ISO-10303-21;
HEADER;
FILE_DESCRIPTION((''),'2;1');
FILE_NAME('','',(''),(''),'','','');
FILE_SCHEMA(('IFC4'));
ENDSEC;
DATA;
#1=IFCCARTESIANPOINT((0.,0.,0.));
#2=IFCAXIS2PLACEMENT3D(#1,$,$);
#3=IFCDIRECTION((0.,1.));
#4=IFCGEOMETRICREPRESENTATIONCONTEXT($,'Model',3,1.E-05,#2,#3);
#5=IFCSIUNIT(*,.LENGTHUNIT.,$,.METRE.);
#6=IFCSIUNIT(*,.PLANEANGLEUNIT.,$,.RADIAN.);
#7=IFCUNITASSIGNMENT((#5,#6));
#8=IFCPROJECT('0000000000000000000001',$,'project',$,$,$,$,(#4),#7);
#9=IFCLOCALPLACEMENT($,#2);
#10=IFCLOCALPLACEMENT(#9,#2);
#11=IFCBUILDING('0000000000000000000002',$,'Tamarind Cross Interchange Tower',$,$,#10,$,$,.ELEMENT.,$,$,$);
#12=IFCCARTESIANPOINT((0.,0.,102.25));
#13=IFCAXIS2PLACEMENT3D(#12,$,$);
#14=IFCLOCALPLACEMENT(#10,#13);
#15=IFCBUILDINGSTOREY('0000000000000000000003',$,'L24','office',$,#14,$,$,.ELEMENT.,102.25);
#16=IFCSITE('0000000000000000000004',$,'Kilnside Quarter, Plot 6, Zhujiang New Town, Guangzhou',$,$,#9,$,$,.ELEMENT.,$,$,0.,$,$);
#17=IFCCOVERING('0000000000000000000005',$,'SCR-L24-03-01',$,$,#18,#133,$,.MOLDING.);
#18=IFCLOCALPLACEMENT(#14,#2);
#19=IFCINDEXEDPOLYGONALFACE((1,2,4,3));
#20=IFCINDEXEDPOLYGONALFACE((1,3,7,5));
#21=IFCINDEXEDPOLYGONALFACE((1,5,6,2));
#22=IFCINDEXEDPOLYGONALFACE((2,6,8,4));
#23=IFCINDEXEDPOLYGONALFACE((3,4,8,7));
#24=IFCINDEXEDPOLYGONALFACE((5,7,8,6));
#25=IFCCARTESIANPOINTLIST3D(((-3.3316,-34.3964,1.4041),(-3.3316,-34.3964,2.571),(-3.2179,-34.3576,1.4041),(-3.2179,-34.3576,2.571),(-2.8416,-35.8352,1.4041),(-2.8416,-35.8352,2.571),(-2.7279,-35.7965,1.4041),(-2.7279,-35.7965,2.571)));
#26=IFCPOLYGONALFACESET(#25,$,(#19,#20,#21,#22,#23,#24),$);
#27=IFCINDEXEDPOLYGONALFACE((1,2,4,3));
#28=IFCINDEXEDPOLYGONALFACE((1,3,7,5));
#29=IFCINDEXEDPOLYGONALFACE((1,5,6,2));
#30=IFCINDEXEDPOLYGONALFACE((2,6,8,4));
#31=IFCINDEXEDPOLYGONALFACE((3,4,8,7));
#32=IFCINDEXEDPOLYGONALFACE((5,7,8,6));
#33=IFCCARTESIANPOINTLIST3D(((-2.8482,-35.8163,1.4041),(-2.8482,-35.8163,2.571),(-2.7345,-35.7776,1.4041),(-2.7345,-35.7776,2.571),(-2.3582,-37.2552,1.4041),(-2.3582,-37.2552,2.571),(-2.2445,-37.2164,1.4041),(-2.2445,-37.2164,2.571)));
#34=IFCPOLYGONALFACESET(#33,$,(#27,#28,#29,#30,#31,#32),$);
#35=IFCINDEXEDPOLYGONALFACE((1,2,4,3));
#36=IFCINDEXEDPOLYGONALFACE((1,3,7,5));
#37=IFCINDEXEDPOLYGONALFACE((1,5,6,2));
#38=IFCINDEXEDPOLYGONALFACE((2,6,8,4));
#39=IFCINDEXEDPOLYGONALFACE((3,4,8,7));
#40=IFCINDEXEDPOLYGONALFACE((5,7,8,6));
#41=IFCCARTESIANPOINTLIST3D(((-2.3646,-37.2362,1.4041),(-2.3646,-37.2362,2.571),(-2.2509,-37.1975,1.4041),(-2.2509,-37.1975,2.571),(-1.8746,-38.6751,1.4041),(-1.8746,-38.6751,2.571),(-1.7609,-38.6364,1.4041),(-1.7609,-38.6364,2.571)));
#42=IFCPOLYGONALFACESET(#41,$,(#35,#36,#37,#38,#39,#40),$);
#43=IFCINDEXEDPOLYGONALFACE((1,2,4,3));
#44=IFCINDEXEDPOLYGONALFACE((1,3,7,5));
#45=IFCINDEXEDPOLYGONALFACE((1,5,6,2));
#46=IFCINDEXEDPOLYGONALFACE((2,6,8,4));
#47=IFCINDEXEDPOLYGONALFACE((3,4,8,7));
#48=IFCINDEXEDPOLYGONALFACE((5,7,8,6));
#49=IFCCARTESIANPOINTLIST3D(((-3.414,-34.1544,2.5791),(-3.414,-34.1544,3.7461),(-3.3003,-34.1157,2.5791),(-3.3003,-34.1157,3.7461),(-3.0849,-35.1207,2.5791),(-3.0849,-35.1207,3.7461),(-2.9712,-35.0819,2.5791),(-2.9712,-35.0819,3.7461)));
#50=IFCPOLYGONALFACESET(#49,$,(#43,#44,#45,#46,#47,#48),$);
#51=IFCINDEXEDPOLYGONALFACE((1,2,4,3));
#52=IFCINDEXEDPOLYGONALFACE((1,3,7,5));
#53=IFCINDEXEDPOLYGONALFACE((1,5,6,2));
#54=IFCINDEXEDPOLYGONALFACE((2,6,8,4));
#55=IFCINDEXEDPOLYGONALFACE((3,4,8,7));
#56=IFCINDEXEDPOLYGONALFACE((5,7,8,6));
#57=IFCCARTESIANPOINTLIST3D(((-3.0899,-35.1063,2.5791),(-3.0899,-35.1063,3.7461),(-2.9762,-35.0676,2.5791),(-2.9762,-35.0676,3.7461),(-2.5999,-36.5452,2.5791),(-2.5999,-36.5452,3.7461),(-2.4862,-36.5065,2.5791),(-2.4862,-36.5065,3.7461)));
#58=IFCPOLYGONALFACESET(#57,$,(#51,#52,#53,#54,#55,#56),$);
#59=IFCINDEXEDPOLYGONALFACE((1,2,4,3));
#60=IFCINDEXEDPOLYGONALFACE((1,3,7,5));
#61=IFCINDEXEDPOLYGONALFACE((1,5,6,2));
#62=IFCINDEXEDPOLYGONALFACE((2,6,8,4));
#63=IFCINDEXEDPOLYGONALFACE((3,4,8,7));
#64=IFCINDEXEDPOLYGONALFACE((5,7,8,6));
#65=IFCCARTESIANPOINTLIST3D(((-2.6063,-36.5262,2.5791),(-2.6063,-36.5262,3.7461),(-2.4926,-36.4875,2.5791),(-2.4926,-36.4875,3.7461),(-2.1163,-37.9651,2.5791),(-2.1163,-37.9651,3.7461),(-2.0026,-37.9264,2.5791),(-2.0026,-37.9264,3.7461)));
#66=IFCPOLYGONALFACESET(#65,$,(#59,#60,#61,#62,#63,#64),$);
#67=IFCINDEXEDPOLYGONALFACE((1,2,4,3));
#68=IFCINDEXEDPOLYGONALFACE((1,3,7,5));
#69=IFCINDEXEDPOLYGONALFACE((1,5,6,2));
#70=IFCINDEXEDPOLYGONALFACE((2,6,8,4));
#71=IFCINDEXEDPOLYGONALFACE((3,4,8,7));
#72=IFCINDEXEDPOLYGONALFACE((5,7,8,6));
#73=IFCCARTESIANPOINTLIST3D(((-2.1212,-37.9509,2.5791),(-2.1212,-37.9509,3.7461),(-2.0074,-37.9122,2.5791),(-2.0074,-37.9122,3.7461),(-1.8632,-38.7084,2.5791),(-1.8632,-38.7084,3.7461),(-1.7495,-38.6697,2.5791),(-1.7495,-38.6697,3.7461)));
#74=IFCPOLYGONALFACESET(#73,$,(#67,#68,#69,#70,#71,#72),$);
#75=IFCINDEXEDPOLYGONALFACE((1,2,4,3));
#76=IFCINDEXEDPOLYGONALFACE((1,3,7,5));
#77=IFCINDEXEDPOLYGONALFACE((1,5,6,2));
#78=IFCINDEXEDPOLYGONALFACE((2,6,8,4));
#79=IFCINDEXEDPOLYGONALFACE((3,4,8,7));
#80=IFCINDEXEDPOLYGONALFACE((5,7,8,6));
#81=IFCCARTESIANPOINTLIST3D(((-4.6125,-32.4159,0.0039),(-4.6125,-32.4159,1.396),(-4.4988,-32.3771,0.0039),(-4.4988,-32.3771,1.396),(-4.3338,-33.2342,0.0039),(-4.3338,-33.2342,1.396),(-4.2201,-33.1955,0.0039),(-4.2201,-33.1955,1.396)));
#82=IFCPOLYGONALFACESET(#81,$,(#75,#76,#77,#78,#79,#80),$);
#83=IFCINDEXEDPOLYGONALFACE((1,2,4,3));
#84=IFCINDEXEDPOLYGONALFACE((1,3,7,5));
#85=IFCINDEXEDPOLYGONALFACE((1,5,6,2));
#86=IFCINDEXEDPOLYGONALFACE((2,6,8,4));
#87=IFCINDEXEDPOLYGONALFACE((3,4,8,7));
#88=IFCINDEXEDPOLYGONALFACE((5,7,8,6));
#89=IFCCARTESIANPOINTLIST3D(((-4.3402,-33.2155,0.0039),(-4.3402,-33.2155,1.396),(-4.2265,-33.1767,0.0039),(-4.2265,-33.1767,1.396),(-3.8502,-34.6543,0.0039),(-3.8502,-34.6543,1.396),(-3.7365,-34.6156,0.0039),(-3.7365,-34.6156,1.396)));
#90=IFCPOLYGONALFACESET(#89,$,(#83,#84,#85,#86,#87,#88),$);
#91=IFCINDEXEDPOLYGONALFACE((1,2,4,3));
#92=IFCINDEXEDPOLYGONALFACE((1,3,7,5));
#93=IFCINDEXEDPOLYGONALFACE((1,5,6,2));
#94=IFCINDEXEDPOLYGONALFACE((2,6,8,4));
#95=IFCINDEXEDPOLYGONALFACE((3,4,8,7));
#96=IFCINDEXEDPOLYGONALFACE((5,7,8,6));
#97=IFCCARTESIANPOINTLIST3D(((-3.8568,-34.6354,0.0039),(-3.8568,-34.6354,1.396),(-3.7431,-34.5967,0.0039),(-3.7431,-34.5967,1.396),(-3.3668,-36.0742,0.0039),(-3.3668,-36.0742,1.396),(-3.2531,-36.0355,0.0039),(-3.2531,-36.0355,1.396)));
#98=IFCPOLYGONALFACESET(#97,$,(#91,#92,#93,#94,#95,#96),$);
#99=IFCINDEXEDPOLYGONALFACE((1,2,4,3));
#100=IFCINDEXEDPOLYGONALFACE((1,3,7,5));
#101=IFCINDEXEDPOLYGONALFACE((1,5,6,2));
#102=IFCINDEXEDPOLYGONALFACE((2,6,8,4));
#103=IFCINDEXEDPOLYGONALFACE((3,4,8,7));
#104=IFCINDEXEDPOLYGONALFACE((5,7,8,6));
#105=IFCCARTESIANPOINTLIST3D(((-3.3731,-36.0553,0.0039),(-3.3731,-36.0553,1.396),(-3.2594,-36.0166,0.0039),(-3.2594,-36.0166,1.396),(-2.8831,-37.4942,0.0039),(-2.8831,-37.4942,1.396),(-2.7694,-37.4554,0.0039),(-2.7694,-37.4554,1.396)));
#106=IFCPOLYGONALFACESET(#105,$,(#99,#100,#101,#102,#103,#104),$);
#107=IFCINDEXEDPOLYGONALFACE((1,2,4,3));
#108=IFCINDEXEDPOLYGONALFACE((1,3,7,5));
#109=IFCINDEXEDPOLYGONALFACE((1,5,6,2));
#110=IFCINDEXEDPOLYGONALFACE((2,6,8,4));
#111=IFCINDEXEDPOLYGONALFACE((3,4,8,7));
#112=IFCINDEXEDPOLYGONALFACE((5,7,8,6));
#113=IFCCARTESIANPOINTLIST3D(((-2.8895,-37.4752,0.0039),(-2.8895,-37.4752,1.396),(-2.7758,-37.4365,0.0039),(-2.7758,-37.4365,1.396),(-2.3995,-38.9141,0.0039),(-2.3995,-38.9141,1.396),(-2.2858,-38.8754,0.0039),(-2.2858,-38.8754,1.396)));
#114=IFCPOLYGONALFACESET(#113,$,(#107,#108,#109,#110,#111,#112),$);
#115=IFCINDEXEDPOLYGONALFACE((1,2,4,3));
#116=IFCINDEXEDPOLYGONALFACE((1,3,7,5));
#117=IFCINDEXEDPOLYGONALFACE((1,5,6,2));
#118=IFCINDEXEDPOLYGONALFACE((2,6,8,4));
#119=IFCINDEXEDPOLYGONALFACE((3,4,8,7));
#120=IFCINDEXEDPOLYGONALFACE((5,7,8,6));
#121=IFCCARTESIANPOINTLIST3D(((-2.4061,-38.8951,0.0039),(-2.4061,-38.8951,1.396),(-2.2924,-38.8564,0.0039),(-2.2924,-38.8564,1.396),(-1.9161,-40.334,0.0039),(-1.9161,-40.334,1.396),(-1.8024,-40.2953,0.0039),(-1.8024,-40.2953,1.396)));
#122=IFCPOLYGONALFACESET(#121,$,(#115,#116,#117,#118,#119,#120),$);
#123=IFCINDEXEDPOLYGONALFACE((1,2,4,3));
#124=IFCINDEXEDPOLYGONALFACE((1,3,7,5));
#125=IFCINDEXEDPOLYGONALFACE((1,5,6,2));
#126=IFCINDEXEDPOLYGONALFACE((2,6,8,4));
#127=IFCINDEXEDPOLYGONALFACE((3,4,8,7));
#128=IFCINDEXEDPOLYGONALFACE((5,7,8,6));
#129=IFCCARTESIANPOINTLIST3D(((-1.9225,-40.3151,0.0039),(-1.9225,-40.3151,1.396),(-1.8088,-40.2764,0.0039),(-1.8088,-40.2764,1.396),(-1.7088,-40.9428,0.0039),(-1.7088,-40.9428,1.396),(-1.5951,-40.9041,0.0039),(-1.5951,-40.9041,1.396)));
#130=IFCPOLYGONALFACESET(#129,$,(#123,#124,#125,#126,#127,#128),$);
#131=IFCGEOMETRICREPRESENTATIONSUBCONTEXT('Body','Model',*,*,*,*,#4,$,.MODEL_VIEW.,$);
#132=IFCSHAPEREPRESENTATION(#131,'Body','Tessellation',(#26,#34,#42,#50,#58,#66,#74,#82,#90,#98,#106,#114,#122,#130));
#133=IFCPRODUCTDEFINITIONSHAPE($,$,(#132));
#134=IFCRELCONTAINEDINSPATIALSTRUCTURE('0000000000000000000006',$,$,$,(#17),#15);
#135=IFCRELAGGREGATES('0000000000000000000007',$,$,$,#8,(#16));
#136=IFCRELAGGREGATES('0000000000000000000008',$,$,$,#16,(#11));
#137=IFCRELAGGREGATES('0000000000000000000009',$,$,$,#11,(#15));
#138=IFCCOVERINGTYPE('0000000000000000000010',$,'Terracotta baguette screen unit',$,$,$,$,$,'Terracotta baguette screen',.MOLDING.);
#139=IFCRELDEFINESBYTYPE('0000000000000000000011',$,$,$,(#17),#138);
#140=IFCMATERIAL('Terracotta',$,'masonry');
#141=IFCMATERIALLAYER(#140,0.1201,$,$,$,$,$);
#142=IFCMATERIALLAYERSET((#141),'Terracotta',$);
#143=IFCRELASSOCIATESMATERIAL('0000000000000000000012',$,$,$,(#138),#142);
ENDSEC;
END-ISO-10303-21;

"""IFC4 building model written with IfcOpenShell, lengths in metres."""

from ifc_helpers import new_model, si_unit, direction, frame, origin, origin_2d, place, context, subcontext, project, spatial, rectangle, extrude, material, layer, layer_set, type_object, element, save


model = new_model("IFC4")

# Units and contexts
model_context = context("Model", 3, precision=1e-05, world=origin(), true_north=direction((0.0, 1.0)))
body_context = subcontext(model_context, "Body", "Model", "MODEL_VIEW")
ifc_project = project(units=[si_unit("LENGTHUNIT", "METRE"), si_unit("PLANEANGLEUNIT", "RADIAN")], contexts=[model_context])

# Site, building, storey
site_placement = place(None, origin())
site = spatial("IfcSite", under=ifc_project, at=site_placement, Name="Kilnside Quarter, Plot 6, Zhujiang New Town, Guangzhou", CompositionType="ELEMENT", RefElevation=0.0)
building_placement = place(site_placement, origin())
building = spatial("IfcBuilding", under=site, at=building_placement, Name="Tamarind Cross Interchange Tower", CompositionType="ELEMENT")
storey_placement = place(building_placement, frame((0.0, 0.0, 102.25)))
storey = spatial("IfcBuildingStorey", under=building, at=storey_placement, Name="L24", Description="office", CompositionType="ELEMENT", Elevation=102.25)

# Covering
ifc_material_1 = material(Name="Terracotta", Category="masonry")
ifc_layer_1 = layer(ifc_material_1, 0.1201)
ifc_layer_set_1 = layer_set([ifc_layer_1], Name="Terracotta")
covering_type = type_object("IfcCoveringType", Name="Terracotta baguette screen unit", ElementType="Terracotta baguette screen", PredefinedType="MOLDING", material=ifc_layer_set_1)
covering_1_placement = place(storey_placement, origin())
element("IfcCovering", 1, at=covering_1_placement, inside=storey, type_object=covering_type, Name="SCR-L24-03-01", PredefinedType="MOLDING", context=body_context, shape_type="SweptSolid", body=[
    extrude(rectangle(XDim=1.52, YDim=0.1201, at=origin_2d()), frame((-3.0298, -35.0964, 1.4041), z_axis=(0.0, 0.0, 1.0), x_axis=(0.322371, -0.946613, 0.0)), (0.0, 0.0, 1.0), 1.167),
    extrude(rectangle(XDim=1.52, YDim=0.1201, at=origin_2d()), frame((-2.5464, -36.5164, 1.4041), z_axis=(0.0, 0.0, 1.0), x_axis=(0.322371, -0.946613, 0.0)), (0.0, 0.0, 1.0), 1.167),
    extrude(rectangle(XDim=1.52, YDim=0.1201, at=origin_2d()), frame((-2.0627, -37.9363, 1.4041), z_axis=(0.0, 0.0, 1.0), x_axis=(0.322371, -0.946613, 0.0)), (0.0, 0.0, 1.0), 1.167),
    extrude(rectangle(XDim=1.0208, YDim=0.1201, at=origin_2d()), frame((-3.1926, -34.6182, 2.5791), z_axis=(0.0, 0.0, 1.0), x_axis=(0.322371, -0.946613, 0.0)), (0.0, 0.0, 1.0), 1.167),
    extrude(rectangle(XDim=1.52, YDim=0.1201, at=origin_2d()), frame((-2.7881, -35.8064, 2.5791), z_axis=(0.0, 0.0, 1.0), x_axis=(0.322371, -0.946613, 0.0)), (0.0, 0.0, 1.0), 1.167),
    extrude(rectangle(XDim=1.52, YDim=0.1201, at=origin_2d()), frame((-2.3044, -37.2263, 2.5791), z_axis=(0.0, 0.0, 1.0), x_axis=(0.322371, -0.946613, 0.0)), (0.0, 0.0, 1.0), 1.167),
    extrude(rectangle(XDim=0.8003, YDim=0.1201, at=origin_2d()), frame((-1.9353, -38.3103, 2.5791), z_axis=(0.0, 0.0, 1.0), x_axis=(0.322371, -0.946613, 0.0)), (0.0, 0.0, 1.0), 1.167),
    extrude(rectangle(XDim=0.8645, YDim=0.1201, at=origin_2d()), frame((-4.4163, -32.8057, 0.0039), z_axis=(0.0, 0.0, 1.0), x_axis=(0.322371, -0.946613, 0.0)), (0.0, 0.0, 1.0), 1.3921),
    extrude(rectangle(XDim=1.52, YDim=0.1201, at=origin_2d()), frame((-4.0383, -33.9155, 0.0039), z_axis=(0.0, 0.0, 1.0), x_axis=(0.322371, -0.946613, 0.0)), (0.0, 0.0, 1.0), 1.3921),
    extrude(rectangle(XDim=1.52, YDim=0.1201, at=origin_2d()), frame((-3.5549, -35.3354, 0.0039), z_axis=(0.0, 0.0, 1.0), x_axis=(0.322371, -0.946613, 0.0)), (0.0, 0.0, 1.0), 1.3921),
    extrude(rectangle(XDim=1.52, YDim=0.1201, at=origin_2d()), frame((-3.0713, -36.7554, 0.0039), z_axis=(0.0, 0.0, 1.0), x_axis=(0.322371, -0.946613, 0.0)), (0.0, 0.0, 1.0), 1.3921),
    extrude(rectangle(XDim=1.52, YDim=0.1201, at=origin_2d()), frame((-2.5876, -38.1753, 0.0039), z_axis=(0.0, 0.0, 1.0), x_axis=(0.322371, -0.946613, 0.0)), (0.0, 0.0, 1.0), 1.3921),
    extrude(rectangle(XDim=1.52, YDim=0.1201, at=origin_2d()), frame((-2.1042, -39.5952, 0.0039), z_axis=(0.0, 0.0, 1.0), x_axis=(0.322371, -0.946613, 0.0)), (0.0, 0.0, 1.0), 1.3921),
    extrude(rectangle(XDim=0.6631, YDim=0.1201, at=origin_2d()), frame((-1.7588, -40.6096, 0.0039), z_axis=(0.0, 0.0, 1.0), x_axis=(0.322371, -0.946613, 0.0)), (0.0, 0.0, 1.0), 1.3921),
])

save(model, "model.ifc")
